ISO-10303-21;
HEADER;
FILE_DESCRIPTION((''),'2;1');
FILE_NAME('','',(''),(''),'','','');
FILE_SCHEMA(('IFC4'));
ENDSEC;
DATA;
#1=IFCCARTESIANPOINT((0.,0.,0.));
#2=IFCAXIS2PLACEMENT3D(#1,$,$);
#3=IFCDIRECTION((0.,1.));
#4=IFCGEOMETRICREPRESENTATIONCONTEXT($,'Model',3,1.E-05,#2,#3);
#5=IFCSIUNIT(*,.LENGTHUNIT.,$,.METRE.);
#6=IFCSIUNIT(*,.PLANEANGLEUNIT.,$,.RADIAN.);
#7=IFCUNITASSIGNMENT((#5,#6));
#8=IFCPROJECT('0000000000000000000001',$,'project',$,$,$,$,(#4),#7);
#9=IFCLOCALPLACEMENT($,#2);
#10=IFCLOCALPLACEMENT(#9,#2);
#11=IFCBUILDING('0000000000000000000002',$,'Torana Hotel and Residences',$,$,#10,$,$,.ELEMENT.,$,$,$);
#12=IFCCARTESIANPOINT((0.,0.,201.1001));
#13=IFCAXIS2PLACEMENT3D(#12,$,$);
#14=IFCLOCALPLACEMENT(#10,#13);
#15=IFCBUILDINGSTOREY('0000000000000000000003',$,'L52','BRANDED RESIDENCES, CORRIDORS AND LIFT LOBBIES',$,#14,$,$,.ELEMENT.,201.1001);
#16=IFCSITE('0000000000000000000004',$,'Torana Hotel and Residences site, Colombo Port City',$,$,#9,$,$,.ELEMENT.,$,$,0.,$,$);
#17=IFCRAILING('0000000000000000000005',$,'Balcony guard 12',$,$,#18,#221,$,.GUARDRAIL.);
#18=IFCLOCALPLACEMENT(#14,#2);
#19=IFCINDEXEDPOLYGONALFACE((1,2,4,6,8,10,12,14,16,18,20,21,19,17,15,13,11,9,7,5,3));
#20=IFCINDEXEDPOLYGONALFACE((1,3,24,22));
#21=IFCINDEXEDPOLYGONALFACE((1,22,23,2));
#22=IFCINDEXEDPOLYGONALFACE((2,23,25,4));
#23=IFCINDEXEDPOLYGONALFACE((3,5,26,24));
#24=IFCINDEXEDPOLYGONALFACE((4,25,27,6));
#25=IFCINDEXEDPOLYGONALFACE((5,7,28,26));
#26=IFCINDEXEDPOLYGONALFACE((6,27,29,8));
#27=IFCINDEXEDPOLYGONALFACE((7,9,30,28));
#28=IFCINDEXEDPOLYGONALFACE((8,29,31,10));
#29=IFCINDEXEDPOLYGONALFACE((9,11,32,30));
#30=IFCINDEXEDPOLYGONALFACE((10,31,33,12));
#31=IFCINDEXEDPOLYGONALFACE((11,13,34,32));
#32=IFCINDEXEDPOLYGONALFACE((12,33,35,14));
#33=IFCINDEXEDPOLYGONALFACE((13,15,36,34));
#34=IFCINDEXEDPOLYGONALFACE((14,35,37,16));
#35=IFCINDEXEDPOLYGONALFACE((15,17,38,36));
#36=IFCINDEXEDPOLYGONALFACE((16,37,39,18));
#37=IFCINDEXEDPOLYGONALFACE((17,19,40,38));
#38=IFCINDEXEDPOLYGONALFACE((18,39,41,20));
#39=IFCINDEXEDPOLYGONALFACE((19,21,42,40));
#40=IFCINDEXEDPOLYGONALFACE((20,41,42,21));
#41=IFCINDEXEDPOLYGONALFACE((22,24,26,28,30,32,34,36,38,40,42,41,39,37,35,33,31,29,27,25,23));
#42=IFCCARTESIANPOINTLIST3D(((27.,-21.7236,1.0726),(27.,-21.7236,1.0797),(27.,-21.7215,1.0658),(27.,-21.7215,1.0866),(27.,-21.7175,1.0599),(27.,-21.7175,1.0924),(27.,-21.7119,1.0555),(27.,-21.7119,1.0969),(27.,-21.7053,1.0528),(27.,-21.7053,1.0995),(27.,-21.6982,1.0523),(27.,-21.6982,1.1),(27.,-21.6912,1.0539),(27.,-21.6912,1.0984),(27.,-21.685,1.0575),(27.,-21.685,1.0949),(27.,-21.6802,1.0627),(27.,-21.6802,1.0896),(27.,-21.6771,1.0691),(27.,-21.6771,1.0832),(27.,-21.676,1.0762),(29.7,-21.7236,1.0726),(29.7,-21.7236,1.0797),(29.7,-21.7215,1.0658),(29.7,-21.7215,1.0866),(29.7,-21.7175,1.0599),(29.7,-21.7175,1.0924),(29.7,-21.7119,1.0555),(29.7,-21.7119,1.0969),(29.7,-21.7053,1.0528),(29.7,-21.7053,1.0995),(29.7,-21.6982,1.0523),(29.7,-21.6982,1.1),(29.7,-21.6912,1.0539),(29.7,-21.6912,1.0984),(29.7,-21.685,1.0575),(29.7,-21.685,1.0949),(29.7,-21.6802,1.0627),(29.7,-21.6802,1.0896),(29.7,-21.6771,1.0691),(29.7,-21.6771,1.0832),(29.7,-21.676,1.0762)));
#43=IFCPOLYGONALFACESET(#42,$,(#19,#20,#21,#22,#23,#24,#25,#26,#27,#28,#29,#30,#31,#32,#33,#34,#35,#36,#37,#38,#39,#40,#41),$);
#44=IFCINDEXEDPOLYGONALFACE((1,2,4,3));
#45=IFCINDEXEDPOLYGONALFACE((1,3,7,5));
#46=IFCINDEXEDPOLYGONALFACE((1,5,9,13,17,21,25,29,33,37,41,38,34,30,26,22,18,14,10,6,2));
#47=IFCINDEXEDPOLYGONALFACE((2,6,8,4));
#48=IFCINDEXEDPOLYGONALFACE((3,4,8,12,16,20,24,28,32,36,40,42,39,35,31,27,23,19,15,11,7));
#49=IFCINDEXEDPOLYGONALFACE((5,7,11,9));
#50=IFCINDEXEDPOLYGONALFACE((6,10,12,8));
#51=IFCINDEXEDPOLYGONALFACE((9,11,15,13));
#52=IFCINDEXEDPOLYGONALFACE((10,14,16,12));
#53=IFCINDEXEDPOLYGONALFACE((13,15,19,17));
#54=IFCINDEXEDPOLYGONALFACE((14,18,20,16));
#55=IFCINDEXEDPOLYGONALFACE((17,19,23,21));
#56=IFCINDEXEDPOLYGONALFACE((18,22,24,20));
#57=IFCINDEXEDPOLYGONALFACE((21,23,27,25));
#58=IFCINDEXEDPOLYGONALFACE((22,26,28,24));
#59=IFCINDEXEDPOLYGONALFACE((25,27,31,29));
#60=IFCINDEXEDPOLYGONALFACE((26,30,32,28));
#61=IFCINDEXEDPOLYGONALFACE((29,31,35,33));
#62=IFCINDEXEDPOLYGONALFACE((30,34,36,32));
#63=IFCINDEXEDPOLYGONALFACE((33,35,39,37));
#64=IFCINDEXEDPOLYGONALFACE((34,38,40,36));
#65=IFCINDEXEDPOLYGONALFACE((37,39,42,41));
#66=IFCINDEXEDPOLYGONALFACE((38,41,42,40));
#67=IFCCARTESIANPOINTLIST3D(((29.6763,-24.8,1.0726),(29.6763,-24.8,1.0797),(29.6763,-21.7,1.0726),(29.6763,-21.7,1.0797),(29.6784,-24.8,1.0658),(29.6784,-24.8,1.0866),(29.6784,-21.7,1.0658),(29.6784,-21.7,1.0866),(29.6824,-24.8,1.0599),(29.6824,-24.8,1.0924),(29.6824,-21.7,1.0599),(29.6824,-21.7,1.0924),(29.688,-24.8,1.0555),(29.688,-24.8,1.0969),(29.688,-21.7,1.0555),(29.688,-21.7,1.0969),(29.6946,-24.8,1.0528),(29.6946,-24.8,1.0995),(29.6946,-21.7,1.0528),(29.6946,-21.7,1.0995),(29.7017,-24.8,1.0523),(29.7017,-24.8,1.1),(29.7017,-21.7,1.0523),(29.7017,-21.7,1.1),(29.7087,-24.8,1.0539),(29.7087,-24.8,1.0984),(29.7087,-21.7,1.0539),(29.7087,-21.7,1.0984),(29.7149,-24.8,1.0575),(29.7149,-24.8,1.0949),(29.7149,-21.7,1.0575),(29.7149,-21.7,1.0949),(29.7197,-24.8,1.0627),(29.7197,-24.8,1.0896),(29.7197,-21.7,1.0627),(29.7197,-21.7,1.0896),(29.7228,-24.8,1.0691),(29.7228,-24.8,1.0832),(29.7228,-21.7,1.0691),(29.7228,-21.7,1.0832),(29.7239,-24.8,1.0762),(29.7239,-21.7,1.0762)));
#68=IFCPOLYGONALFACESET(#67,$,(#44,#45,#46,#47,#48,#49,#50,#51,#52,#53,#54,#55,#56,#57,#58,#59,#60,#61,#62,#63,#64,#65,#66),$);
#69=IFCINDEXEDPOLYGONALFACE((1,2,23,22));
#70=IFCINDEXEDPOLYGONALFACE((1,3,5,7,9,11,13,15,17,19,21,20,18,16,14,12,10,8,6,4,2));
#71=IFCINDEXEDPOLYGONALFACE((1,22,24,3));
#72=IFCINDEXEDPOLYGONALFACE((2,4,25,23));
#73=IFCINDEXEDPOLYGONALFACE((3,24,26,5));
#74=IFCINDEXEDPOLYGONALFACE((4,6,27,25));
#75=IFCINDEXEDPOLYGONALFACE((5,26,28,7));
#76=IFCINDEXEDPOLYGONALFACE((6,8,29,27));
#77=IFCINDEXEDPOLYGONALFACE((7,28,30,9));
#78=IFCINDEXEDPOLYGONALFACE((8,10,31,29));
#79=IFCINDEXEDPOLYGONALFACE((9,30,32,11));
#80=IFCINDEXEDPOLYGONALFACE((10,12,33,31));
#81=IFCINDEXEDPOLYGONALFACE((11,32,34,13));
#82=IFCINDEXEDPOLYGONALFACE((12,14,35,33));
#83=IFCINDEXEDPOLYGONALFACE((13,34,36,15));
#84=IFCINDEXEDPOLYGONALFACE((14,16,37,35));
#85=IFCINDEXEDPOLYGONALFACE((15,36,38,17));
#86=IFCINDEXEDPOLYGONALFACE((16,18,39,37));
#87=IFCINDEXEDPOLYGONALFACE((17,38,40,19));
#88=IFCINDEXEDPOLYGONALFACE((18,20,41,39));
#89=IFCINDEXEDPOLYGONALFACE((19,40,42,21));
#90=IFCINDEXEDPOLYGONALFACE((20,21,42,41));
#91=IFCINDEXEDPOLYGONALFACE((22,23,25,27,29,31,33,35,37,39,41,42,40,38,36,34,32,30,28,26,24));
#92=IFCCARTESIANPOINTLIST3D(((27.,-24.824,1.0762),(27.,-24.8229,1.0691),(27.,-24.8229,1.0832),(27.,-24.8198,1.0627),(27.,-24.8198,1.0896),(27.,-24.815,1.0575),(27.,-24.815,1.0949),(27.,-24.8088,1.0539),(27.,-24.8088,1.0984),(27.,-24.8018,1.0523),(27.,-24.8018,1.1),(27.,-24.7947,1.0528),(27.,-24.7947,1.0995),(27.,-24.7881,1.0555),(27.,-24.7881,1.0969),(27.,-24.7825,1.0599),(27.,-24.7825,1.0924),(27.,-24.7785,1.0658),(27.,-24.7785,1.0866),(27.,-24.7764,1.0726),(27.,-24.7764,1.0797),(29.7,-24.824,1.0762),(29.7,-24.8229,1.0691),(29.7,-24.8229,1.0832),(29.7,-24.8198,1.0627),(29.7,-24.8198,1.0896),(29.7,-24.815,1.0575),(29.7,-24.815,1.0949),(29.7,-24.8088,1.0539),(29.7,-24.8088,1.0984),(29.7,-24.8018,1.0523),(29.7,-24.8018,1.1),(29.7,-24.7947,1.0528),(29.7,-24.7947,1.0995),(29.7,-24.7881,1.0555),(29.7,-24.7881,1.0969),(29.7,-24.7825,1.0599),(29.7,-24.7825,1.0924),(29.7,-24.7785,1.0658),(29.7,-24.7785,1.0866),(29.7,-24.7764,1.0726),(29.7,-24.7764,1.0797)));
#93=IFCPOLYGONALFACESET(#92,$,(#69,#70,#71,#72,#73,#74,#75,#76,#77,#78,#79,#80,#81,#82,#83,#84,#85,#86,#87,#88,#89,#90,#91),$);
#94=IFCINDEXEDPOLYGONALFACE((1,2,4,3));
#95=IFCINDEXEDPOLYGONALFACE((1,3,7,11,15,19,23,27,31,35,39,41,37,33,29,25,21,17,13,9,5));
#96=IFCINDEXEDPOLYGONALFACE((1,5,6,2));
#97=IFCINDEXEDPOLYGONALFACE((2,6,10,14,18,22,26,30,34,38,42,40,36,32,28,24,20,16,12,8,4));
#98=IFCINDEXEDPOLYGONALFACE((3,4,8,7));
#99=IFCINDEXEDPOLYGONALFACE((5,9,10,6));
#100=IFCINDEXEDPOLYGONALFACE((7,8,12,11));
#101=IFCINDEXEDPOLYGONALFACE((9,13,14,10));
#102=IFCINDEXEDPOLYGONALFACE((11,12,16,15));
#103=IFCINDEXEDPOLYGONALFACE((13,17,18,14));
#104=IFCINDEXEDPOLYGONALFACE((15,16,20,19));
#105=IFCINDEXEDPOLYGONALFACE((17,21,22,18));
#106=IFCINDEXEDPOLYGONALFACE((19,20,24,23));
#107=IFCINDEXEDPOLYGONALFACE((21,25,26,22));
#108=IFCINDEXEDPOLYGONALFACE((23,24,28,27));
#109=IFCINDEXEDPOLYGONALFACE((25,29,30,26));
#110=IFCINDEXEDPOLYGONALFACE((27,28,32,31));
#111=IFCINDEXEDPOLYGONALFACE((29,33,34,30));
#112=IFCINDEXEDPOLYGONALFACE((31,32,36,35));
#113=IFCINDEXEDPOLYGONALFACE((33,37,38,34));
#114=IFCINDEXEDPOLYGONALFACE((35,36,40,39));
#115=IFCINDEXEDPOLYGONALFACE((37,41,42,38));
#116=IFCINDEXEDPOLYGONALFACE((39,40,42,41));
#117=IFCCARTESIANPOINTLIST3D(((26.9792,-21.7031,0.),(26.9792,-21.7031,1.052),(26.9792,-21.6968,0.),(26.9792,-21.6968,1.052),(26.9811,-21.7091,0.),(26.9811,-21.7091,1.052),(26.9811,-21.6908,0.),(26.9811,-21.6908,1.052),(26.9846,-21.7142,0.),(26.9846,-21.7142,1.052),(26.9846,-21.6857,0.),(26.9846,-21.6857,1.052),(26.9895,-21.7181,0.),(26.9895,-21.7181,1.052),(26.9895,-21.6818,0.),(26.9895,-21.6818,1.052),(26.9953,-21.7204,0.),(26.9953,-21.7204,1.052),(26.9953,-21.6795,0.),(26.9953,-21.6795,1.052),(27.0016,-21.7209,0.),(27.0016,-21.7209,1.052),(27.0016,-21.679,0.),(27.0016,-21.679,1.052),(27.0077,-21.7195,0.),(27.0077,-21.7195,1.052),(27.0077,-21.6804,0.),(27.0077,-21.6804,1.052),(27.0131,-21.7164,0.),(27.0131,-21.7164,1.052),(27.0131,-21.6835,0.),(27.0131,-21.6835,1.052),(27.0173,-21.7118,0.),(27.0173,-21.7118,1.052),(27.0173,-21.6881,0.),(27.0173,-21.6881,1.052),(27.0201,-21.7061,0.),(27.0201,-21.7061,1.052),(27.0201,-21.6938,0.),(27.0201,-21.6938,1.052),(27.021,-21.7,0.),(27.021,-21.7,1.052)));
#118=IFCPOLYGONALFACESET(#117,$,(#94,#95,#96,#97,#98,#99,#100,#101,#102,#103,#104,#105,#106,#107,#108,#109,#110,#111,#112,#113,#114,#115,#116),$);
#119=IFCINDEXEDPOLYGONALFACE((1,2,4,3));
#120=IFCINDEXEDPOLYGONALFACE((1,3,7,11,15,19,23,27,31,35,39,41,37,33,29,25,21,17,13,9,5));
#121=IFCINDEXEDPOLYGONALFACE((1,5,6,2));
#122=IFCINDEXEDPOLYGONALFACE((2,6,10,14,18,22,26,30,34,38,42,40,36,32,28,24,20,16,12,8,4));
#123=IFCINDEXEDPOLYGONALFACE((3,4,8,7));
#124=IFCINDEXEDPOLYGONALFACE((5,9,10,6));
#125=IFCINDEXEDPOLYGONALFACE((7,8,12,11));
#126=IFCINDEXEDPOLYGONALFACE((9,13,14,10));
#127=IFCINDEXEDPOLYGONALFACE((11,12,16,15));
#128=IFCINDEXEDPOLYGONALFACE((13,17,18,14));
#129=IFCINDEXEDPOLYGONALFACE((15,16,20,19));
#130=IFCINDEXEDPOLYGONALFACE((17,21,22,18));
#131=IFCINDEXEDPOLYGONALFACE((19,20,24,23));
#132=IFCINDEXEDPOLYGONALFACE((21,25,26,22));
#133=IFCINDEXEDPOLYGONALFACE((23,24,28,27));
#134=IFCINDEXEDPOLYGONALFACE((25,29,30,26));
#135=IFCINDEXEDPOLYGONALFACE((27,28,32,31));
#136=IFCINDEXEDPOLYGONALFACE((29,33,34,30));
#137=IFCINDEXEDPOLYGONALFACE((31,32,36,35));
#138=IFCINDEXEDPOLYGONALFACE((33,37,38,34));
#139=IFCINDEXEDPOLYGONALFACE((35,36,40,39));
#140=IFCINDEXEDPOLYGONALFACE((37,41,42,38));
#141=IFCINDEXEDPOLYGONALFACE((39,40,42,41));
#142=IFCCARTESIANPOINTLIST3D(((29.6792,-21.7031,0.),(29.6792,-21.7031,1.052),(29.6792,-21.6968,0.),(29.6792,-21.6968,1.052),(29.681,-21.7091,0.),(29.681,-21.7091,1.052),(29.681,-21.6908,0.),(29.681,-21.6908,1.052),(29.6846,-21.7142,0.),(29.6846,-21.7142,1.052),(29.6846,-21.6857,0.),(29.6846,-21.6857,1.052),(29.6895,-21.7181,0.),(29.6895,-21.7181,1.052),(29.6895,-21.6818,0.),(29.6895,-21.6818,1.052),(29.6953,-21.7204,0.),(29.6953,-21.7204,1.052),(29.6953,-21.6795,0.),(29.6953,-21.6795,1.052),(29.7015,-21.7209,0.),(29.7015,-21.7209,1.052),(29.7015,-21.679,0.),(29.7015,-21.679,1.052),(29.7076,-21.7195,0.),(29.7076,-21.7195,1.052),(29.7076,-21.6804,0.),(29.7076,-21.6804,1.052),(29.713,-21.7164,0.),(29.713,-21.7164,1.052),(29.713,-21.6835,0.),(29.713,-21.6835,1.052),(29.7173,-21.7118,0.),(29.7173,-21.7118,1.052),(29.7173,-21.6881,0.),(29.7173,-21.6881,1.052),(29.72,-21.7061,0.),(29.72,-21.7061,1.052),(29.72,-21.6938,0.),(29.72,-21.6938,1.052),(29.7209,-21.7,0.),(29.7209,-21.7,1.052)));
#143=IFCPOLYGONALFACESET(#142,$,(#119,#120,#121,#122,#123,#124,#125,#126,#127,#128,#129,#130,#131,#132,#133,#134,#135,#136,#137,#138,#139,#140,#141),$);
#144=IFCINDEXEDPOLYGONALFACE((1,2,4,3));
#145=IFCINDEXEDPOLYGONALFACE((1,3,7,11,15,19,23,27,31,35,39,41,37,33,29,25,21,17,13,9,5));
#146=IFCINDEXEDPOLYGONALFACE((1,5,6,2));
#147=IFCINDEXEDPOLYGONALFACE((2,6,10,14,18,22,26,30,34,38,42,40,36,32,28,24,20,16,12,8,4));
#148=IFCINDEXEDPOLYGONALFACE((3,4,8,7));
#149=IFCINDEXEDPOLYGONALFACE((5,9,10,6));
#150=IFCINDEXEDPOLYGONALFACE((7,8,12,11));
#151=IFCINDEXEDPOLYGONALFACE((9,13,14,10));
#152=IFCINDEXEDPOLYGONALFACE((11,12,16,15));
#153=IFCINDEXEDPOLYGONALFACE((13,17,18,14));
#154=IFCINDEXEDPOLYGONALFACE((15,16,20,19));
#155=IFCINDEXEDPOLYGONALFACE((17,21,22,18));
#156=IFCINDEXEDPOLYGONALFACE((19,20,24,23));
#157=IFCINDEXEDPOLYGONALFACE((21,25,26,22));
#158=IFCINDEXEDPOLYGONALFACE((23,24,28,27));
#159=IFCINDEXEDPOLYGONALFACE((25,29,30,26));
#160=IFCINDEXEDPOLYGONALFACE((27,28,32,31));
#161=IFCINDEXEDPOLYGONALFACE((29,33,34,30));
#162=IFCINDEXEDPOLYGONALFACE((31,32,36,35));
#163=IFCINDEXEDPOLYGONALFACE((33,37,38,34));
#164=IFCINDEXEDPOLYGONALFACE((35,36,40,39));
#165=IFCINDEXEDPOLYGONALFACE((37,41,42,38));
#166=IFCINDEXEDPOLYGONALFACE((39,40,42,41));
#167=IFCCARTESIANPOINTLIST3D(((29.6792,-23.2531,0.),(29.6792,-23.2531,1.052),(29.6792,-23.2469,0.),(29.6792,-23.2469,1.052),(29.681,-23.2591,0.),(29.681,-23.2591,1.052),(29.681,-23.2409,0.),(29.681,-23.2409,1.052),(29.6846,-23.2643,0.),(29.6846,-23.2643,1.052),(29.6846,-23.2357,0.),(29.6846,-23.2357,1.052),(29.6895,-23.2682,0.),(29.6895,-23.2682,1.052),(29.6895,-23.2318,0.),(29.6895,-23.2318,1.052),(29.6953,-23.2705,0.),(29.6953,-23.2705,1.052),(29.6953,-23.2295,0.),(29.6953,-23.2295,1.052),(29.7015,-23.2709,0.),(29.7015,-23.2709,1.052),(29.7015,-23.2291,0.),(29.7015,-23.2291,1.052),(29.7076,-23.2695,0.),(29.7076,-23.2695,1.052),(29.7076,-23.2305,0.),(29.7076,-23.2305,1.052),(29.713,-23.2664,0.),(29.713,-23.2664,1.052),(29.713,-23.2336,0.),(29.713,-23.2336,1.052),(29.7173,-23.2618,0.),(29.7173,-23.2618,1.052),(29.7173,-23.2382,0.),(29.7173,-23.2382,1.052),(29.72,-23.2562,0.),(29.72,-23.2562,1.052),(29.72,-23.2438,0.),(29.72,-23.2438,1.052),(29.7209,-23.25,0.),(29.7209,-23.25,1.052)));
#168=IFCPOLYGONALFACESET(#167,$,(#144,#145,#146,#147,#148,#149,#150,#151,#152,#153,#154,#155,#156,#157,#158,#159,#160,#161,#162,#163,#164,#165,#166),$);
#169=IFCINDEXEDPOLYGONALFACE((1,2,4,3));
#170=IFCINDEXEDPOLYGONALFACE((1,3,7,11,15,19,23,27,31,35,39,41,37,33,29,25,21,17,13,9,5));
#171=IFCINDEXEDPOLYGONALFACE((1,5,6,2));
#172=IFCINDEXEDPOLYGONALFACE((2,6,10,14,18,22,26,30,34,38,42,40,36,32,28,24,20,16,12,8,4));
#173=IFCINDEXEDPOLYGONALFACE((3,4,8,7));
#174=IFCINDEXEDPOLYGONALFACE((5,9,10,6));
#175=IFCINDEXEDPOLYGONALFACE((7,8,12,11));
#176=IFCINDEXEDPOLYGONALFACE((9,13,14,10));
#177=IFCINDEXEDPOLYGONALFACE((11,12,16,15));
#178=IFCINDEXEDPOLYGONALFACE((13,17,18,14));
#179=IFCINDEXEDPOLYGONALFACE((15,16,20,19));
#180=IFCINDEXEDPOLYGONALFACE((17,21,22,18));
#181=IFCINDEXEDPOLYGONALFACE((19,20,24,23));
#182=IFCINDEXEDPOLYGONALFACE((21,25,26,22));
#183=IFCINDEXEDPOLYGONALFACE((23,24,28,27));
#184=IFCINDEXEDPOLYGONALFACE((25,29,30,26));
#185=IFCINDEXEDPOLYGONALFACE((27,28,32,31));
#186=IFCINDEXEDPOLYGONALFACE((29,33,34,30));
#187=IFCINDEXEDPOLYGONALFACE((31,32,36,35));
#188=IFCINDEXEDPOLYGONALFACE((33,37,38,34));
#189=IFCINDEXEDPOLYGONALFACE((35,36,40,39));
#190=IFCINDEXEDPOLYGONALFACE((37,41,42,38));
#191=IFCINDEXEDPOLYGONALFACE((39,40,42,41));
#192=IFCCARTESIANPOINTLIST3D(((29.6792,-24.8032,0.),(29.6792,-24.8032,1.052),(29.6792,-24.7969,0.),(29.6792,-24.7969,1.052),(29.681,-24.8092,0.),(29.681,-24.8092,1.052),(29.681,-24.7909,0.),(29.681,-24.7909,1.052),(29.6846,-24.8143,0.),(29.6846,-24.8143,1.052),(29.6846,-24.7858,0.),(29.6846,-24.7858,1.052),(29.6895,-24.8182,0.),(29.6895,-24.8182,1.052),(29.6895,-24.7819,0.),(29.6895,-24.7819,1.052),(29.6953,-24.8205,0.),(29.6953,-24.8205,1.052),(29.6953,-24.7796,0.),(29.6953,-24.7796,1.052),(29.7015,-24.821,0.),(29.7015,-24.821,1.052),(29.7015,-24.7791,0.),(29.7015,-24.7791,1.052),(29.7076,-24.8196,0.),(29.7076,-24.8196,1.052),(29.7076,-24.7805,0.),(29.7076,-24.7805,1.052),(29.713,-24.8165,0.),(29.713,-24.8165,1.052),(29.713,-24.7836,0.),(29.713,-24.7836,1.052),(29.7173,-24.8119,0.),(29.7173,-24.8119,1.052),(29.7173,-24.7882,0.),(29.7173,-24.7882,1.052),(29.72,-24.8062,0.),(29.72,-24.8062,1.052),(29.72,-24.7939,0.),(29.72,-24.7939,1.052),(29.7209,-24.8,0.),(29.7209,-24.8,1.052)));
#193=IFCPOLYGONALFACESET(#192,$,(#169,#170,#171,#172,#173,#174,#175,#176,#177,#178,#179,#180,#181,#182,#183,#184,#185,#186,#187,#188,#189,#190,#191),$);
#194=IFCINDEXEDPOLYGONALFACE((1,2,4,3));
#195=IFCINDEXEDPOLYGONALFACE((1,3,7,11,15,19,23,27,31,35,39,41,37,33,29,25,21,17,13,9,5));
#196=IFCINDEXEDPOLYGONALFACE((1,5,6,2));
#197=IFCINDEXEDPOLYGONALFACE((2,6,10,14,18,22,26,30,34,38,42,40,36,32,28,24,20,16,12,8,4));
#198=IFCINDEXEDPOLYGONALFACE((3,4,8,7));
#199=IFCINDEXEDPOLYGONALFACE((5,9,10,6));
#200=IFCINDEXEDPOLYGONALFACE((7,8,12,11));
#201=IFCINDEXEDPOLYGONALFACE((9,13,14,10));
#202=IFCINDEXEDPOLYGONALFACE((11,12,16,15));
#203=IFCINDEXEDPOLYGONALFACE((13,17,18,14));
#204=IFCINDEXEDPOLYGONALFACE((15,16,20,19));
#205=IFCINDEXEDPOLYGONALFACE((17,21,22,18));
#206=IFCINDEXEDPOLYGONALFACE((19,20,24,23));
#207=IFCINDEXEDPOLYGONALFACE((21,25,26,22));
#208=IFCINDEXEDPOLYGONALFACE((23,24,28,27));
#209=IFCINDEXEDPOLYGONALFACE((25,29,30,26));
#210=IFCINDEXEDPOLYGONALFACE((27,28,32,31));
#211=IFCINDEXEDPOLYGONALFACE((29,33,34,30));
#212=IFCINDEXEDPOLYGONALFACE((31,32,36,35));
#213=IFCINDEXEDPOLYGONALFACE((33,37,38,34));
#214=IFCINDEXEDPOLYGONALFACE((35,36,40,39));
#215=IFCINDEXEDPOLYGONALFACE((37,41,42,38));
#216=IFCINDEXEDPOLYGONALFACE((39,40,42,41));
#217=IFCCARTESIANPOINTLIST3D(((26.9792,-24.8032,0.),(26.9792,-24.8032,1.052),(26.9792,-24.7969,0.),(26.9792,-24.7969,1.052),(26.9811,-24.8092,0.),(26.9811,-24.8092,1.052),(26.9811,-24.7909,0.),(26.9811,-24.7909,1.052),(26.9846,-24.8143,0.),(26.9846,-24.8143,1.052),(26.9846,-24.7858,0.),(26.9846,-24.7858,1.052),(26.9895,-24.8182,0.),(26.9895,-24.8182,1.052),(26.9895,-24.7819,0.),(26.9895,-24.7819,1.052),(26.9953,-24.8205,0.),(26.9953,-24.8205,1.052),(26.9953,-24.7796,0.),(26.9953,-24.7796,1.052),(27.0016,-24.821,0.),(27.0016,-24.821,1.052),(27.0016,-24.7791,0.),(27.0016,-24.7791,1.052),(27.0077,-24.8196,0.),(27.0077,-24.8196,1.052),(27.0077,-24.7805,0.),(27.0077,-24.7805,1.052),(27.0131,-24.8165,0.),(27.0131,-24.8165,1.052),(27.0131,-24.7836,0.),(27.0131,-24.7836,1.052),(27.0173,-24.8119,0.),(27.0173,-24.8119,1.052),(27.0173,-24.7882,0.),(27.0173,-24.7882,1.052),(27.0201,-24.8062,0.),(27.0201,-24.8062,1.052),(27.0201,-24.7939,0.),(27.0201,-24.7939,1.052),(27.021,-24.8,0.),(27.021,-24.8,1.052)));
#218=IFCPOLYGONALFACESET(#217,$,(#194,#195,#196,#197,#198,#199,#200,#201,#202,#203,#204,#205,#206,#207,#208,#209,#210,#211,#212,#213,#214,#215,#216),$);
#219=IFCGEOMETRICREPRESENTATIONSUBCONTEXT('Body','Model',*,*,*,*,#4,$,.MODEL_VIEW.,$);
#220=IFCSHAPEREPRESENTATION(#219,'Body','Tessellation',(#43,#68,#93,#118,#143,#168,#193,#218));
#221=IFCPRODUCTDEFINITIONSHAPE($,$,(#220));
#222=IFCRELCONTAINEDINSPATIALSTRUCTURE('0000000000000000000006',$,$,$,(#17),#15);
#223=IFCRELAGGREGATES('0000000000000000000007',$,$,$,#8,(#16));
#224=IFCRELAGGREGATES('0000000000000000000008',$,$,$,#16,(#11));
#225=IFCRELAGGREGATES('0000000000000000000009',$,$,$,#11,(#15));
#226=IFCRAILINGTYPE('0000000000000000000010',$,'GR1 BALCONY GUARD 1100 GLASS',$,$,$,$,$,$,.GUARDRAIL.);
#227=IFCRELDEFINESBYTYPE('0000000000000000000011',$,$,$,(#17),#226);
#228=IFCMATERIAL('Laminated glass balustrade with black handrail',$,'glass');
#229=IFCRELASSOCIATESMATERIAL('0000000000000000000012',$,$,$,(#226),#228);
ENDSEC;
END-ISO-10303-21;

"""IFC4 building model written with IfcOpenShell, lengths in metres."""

from ifc_helpers import new_model, si_unit, direction, frame, origin, origin_2d, place, context, subcontext, project, spatial, circle, extrude, material, type_object, element, save


model = new_model("IFC4")

# Units and contexts
model_context = context("Model", 3, precision=1e-05, world=origin(), true_north=direction((0.0, 1.0)))
body_context = subcontext(model_context, "Body", "Model", "MODEL_VIEW")
ifc_project = project(units=[si_unit("LENGTHUNIT", "METRE"), si_unit("PLANEANGLEUNIT", "RADIAN")], contexts=[model_context])

# Site, building, storey
site_placement = place(None, origin())
site = spatial("IfcSite", under=ifc_project, at=site_placement, Name="Torana Hotel and Residences site, Colombo Port City", CompositionType="ELEMENT", RefElevation=0.0)
building_placement = place(site_placement, origin())
building = spatial("IfcBuilding", under=site, at=building_placement, Name="Torana Hotel and Residences", CompositionType="ELEMENT")
storey_placement = place(building_placement, frame((0.0, 0.0, 201.1001)))
storey = spatial("IfcBuildingStorey", under=building, at=storey_placement, Name="L52", Description="BRANDED RESIDENCES, CORRIDORS AND LIFT LOBBIES", CompositionType="ELEMENT", Elevation=201.1001)

# Railing
ifc_material_1 = material(Name="Laminated glass balustrade with black handrail", Category="glass")
railing_type = type_object("IfcRailingType", Name="GR1 BALCONY GUARD 1100 GLASS", PredefinedType="GUARDRAIL", material=ifc_material_1)
railing_1_placement = place(storey_placement, frame((27.0, -21.7, 0.0)))
element("IfcRailing", 1, at=railing_1_placement, inside=storey, type_object=railing_type, Name="Balcony guard 12", PredefinedType="GUARDRAIL", context=body_context, shape_type="SweptSolid", body=[
    extrude(circle(Radius=0.0239, at=origin_2d()), frame((0.0, 0.0, 1.0762), z_axis=(1.0, 0.0, 0.0), x_axis=(0.0, 1.0, 0.0)), (0.0, 0.0, 1.0), 2.7),
    extrude(circle(Radius=0.0239, at=origin_2d()), frame((2.7, 0.0, 1.0762), z_axis=(0.0, -1.0, 0.0), x_axis=(1.0, 0.0, 0.0)), (0.0, 0.0, 1.0), 3.1001),
    extrude(circle(Radius=0.0239, at=origin_2d()), frame((2.7, -3.1001, 1.0762), z_axis=(-1.0, 0.0, 0.0), x_axis=(0.0, -1.0, 0.0)), (0.0, 0.0, 1.0), 2.7),
    extrude(circle(Radius=0.021, at=origin_2d()), origin(), (0.0, 0.0, 1.0), 1.052),
    extrude(circle(Radius=0.021, at=origin_2d()), frame((2.7, 0.0, 0.0)), (0.0, 0.0, 1.0), 1.052),
    extrude(circle(Radius=0.021, at=origin_2d()), frame((2.7, -1.55, 0.0)), (0.0, 0.0, 1.0), 1.052),
    extrude(circle(Radius=0.021, at=origin_2d()), frame((2.7, -3.1001, 0.0)), (0.0, 0.0, 1.0), 1.052),
    extrude(circle(Radius=0.021, at=origin_2d()), frame((0.0, -3.1001, 0.0)), (0.0, 0.0, 1.0), 1.052),
])

save(model, "model.ifc")
